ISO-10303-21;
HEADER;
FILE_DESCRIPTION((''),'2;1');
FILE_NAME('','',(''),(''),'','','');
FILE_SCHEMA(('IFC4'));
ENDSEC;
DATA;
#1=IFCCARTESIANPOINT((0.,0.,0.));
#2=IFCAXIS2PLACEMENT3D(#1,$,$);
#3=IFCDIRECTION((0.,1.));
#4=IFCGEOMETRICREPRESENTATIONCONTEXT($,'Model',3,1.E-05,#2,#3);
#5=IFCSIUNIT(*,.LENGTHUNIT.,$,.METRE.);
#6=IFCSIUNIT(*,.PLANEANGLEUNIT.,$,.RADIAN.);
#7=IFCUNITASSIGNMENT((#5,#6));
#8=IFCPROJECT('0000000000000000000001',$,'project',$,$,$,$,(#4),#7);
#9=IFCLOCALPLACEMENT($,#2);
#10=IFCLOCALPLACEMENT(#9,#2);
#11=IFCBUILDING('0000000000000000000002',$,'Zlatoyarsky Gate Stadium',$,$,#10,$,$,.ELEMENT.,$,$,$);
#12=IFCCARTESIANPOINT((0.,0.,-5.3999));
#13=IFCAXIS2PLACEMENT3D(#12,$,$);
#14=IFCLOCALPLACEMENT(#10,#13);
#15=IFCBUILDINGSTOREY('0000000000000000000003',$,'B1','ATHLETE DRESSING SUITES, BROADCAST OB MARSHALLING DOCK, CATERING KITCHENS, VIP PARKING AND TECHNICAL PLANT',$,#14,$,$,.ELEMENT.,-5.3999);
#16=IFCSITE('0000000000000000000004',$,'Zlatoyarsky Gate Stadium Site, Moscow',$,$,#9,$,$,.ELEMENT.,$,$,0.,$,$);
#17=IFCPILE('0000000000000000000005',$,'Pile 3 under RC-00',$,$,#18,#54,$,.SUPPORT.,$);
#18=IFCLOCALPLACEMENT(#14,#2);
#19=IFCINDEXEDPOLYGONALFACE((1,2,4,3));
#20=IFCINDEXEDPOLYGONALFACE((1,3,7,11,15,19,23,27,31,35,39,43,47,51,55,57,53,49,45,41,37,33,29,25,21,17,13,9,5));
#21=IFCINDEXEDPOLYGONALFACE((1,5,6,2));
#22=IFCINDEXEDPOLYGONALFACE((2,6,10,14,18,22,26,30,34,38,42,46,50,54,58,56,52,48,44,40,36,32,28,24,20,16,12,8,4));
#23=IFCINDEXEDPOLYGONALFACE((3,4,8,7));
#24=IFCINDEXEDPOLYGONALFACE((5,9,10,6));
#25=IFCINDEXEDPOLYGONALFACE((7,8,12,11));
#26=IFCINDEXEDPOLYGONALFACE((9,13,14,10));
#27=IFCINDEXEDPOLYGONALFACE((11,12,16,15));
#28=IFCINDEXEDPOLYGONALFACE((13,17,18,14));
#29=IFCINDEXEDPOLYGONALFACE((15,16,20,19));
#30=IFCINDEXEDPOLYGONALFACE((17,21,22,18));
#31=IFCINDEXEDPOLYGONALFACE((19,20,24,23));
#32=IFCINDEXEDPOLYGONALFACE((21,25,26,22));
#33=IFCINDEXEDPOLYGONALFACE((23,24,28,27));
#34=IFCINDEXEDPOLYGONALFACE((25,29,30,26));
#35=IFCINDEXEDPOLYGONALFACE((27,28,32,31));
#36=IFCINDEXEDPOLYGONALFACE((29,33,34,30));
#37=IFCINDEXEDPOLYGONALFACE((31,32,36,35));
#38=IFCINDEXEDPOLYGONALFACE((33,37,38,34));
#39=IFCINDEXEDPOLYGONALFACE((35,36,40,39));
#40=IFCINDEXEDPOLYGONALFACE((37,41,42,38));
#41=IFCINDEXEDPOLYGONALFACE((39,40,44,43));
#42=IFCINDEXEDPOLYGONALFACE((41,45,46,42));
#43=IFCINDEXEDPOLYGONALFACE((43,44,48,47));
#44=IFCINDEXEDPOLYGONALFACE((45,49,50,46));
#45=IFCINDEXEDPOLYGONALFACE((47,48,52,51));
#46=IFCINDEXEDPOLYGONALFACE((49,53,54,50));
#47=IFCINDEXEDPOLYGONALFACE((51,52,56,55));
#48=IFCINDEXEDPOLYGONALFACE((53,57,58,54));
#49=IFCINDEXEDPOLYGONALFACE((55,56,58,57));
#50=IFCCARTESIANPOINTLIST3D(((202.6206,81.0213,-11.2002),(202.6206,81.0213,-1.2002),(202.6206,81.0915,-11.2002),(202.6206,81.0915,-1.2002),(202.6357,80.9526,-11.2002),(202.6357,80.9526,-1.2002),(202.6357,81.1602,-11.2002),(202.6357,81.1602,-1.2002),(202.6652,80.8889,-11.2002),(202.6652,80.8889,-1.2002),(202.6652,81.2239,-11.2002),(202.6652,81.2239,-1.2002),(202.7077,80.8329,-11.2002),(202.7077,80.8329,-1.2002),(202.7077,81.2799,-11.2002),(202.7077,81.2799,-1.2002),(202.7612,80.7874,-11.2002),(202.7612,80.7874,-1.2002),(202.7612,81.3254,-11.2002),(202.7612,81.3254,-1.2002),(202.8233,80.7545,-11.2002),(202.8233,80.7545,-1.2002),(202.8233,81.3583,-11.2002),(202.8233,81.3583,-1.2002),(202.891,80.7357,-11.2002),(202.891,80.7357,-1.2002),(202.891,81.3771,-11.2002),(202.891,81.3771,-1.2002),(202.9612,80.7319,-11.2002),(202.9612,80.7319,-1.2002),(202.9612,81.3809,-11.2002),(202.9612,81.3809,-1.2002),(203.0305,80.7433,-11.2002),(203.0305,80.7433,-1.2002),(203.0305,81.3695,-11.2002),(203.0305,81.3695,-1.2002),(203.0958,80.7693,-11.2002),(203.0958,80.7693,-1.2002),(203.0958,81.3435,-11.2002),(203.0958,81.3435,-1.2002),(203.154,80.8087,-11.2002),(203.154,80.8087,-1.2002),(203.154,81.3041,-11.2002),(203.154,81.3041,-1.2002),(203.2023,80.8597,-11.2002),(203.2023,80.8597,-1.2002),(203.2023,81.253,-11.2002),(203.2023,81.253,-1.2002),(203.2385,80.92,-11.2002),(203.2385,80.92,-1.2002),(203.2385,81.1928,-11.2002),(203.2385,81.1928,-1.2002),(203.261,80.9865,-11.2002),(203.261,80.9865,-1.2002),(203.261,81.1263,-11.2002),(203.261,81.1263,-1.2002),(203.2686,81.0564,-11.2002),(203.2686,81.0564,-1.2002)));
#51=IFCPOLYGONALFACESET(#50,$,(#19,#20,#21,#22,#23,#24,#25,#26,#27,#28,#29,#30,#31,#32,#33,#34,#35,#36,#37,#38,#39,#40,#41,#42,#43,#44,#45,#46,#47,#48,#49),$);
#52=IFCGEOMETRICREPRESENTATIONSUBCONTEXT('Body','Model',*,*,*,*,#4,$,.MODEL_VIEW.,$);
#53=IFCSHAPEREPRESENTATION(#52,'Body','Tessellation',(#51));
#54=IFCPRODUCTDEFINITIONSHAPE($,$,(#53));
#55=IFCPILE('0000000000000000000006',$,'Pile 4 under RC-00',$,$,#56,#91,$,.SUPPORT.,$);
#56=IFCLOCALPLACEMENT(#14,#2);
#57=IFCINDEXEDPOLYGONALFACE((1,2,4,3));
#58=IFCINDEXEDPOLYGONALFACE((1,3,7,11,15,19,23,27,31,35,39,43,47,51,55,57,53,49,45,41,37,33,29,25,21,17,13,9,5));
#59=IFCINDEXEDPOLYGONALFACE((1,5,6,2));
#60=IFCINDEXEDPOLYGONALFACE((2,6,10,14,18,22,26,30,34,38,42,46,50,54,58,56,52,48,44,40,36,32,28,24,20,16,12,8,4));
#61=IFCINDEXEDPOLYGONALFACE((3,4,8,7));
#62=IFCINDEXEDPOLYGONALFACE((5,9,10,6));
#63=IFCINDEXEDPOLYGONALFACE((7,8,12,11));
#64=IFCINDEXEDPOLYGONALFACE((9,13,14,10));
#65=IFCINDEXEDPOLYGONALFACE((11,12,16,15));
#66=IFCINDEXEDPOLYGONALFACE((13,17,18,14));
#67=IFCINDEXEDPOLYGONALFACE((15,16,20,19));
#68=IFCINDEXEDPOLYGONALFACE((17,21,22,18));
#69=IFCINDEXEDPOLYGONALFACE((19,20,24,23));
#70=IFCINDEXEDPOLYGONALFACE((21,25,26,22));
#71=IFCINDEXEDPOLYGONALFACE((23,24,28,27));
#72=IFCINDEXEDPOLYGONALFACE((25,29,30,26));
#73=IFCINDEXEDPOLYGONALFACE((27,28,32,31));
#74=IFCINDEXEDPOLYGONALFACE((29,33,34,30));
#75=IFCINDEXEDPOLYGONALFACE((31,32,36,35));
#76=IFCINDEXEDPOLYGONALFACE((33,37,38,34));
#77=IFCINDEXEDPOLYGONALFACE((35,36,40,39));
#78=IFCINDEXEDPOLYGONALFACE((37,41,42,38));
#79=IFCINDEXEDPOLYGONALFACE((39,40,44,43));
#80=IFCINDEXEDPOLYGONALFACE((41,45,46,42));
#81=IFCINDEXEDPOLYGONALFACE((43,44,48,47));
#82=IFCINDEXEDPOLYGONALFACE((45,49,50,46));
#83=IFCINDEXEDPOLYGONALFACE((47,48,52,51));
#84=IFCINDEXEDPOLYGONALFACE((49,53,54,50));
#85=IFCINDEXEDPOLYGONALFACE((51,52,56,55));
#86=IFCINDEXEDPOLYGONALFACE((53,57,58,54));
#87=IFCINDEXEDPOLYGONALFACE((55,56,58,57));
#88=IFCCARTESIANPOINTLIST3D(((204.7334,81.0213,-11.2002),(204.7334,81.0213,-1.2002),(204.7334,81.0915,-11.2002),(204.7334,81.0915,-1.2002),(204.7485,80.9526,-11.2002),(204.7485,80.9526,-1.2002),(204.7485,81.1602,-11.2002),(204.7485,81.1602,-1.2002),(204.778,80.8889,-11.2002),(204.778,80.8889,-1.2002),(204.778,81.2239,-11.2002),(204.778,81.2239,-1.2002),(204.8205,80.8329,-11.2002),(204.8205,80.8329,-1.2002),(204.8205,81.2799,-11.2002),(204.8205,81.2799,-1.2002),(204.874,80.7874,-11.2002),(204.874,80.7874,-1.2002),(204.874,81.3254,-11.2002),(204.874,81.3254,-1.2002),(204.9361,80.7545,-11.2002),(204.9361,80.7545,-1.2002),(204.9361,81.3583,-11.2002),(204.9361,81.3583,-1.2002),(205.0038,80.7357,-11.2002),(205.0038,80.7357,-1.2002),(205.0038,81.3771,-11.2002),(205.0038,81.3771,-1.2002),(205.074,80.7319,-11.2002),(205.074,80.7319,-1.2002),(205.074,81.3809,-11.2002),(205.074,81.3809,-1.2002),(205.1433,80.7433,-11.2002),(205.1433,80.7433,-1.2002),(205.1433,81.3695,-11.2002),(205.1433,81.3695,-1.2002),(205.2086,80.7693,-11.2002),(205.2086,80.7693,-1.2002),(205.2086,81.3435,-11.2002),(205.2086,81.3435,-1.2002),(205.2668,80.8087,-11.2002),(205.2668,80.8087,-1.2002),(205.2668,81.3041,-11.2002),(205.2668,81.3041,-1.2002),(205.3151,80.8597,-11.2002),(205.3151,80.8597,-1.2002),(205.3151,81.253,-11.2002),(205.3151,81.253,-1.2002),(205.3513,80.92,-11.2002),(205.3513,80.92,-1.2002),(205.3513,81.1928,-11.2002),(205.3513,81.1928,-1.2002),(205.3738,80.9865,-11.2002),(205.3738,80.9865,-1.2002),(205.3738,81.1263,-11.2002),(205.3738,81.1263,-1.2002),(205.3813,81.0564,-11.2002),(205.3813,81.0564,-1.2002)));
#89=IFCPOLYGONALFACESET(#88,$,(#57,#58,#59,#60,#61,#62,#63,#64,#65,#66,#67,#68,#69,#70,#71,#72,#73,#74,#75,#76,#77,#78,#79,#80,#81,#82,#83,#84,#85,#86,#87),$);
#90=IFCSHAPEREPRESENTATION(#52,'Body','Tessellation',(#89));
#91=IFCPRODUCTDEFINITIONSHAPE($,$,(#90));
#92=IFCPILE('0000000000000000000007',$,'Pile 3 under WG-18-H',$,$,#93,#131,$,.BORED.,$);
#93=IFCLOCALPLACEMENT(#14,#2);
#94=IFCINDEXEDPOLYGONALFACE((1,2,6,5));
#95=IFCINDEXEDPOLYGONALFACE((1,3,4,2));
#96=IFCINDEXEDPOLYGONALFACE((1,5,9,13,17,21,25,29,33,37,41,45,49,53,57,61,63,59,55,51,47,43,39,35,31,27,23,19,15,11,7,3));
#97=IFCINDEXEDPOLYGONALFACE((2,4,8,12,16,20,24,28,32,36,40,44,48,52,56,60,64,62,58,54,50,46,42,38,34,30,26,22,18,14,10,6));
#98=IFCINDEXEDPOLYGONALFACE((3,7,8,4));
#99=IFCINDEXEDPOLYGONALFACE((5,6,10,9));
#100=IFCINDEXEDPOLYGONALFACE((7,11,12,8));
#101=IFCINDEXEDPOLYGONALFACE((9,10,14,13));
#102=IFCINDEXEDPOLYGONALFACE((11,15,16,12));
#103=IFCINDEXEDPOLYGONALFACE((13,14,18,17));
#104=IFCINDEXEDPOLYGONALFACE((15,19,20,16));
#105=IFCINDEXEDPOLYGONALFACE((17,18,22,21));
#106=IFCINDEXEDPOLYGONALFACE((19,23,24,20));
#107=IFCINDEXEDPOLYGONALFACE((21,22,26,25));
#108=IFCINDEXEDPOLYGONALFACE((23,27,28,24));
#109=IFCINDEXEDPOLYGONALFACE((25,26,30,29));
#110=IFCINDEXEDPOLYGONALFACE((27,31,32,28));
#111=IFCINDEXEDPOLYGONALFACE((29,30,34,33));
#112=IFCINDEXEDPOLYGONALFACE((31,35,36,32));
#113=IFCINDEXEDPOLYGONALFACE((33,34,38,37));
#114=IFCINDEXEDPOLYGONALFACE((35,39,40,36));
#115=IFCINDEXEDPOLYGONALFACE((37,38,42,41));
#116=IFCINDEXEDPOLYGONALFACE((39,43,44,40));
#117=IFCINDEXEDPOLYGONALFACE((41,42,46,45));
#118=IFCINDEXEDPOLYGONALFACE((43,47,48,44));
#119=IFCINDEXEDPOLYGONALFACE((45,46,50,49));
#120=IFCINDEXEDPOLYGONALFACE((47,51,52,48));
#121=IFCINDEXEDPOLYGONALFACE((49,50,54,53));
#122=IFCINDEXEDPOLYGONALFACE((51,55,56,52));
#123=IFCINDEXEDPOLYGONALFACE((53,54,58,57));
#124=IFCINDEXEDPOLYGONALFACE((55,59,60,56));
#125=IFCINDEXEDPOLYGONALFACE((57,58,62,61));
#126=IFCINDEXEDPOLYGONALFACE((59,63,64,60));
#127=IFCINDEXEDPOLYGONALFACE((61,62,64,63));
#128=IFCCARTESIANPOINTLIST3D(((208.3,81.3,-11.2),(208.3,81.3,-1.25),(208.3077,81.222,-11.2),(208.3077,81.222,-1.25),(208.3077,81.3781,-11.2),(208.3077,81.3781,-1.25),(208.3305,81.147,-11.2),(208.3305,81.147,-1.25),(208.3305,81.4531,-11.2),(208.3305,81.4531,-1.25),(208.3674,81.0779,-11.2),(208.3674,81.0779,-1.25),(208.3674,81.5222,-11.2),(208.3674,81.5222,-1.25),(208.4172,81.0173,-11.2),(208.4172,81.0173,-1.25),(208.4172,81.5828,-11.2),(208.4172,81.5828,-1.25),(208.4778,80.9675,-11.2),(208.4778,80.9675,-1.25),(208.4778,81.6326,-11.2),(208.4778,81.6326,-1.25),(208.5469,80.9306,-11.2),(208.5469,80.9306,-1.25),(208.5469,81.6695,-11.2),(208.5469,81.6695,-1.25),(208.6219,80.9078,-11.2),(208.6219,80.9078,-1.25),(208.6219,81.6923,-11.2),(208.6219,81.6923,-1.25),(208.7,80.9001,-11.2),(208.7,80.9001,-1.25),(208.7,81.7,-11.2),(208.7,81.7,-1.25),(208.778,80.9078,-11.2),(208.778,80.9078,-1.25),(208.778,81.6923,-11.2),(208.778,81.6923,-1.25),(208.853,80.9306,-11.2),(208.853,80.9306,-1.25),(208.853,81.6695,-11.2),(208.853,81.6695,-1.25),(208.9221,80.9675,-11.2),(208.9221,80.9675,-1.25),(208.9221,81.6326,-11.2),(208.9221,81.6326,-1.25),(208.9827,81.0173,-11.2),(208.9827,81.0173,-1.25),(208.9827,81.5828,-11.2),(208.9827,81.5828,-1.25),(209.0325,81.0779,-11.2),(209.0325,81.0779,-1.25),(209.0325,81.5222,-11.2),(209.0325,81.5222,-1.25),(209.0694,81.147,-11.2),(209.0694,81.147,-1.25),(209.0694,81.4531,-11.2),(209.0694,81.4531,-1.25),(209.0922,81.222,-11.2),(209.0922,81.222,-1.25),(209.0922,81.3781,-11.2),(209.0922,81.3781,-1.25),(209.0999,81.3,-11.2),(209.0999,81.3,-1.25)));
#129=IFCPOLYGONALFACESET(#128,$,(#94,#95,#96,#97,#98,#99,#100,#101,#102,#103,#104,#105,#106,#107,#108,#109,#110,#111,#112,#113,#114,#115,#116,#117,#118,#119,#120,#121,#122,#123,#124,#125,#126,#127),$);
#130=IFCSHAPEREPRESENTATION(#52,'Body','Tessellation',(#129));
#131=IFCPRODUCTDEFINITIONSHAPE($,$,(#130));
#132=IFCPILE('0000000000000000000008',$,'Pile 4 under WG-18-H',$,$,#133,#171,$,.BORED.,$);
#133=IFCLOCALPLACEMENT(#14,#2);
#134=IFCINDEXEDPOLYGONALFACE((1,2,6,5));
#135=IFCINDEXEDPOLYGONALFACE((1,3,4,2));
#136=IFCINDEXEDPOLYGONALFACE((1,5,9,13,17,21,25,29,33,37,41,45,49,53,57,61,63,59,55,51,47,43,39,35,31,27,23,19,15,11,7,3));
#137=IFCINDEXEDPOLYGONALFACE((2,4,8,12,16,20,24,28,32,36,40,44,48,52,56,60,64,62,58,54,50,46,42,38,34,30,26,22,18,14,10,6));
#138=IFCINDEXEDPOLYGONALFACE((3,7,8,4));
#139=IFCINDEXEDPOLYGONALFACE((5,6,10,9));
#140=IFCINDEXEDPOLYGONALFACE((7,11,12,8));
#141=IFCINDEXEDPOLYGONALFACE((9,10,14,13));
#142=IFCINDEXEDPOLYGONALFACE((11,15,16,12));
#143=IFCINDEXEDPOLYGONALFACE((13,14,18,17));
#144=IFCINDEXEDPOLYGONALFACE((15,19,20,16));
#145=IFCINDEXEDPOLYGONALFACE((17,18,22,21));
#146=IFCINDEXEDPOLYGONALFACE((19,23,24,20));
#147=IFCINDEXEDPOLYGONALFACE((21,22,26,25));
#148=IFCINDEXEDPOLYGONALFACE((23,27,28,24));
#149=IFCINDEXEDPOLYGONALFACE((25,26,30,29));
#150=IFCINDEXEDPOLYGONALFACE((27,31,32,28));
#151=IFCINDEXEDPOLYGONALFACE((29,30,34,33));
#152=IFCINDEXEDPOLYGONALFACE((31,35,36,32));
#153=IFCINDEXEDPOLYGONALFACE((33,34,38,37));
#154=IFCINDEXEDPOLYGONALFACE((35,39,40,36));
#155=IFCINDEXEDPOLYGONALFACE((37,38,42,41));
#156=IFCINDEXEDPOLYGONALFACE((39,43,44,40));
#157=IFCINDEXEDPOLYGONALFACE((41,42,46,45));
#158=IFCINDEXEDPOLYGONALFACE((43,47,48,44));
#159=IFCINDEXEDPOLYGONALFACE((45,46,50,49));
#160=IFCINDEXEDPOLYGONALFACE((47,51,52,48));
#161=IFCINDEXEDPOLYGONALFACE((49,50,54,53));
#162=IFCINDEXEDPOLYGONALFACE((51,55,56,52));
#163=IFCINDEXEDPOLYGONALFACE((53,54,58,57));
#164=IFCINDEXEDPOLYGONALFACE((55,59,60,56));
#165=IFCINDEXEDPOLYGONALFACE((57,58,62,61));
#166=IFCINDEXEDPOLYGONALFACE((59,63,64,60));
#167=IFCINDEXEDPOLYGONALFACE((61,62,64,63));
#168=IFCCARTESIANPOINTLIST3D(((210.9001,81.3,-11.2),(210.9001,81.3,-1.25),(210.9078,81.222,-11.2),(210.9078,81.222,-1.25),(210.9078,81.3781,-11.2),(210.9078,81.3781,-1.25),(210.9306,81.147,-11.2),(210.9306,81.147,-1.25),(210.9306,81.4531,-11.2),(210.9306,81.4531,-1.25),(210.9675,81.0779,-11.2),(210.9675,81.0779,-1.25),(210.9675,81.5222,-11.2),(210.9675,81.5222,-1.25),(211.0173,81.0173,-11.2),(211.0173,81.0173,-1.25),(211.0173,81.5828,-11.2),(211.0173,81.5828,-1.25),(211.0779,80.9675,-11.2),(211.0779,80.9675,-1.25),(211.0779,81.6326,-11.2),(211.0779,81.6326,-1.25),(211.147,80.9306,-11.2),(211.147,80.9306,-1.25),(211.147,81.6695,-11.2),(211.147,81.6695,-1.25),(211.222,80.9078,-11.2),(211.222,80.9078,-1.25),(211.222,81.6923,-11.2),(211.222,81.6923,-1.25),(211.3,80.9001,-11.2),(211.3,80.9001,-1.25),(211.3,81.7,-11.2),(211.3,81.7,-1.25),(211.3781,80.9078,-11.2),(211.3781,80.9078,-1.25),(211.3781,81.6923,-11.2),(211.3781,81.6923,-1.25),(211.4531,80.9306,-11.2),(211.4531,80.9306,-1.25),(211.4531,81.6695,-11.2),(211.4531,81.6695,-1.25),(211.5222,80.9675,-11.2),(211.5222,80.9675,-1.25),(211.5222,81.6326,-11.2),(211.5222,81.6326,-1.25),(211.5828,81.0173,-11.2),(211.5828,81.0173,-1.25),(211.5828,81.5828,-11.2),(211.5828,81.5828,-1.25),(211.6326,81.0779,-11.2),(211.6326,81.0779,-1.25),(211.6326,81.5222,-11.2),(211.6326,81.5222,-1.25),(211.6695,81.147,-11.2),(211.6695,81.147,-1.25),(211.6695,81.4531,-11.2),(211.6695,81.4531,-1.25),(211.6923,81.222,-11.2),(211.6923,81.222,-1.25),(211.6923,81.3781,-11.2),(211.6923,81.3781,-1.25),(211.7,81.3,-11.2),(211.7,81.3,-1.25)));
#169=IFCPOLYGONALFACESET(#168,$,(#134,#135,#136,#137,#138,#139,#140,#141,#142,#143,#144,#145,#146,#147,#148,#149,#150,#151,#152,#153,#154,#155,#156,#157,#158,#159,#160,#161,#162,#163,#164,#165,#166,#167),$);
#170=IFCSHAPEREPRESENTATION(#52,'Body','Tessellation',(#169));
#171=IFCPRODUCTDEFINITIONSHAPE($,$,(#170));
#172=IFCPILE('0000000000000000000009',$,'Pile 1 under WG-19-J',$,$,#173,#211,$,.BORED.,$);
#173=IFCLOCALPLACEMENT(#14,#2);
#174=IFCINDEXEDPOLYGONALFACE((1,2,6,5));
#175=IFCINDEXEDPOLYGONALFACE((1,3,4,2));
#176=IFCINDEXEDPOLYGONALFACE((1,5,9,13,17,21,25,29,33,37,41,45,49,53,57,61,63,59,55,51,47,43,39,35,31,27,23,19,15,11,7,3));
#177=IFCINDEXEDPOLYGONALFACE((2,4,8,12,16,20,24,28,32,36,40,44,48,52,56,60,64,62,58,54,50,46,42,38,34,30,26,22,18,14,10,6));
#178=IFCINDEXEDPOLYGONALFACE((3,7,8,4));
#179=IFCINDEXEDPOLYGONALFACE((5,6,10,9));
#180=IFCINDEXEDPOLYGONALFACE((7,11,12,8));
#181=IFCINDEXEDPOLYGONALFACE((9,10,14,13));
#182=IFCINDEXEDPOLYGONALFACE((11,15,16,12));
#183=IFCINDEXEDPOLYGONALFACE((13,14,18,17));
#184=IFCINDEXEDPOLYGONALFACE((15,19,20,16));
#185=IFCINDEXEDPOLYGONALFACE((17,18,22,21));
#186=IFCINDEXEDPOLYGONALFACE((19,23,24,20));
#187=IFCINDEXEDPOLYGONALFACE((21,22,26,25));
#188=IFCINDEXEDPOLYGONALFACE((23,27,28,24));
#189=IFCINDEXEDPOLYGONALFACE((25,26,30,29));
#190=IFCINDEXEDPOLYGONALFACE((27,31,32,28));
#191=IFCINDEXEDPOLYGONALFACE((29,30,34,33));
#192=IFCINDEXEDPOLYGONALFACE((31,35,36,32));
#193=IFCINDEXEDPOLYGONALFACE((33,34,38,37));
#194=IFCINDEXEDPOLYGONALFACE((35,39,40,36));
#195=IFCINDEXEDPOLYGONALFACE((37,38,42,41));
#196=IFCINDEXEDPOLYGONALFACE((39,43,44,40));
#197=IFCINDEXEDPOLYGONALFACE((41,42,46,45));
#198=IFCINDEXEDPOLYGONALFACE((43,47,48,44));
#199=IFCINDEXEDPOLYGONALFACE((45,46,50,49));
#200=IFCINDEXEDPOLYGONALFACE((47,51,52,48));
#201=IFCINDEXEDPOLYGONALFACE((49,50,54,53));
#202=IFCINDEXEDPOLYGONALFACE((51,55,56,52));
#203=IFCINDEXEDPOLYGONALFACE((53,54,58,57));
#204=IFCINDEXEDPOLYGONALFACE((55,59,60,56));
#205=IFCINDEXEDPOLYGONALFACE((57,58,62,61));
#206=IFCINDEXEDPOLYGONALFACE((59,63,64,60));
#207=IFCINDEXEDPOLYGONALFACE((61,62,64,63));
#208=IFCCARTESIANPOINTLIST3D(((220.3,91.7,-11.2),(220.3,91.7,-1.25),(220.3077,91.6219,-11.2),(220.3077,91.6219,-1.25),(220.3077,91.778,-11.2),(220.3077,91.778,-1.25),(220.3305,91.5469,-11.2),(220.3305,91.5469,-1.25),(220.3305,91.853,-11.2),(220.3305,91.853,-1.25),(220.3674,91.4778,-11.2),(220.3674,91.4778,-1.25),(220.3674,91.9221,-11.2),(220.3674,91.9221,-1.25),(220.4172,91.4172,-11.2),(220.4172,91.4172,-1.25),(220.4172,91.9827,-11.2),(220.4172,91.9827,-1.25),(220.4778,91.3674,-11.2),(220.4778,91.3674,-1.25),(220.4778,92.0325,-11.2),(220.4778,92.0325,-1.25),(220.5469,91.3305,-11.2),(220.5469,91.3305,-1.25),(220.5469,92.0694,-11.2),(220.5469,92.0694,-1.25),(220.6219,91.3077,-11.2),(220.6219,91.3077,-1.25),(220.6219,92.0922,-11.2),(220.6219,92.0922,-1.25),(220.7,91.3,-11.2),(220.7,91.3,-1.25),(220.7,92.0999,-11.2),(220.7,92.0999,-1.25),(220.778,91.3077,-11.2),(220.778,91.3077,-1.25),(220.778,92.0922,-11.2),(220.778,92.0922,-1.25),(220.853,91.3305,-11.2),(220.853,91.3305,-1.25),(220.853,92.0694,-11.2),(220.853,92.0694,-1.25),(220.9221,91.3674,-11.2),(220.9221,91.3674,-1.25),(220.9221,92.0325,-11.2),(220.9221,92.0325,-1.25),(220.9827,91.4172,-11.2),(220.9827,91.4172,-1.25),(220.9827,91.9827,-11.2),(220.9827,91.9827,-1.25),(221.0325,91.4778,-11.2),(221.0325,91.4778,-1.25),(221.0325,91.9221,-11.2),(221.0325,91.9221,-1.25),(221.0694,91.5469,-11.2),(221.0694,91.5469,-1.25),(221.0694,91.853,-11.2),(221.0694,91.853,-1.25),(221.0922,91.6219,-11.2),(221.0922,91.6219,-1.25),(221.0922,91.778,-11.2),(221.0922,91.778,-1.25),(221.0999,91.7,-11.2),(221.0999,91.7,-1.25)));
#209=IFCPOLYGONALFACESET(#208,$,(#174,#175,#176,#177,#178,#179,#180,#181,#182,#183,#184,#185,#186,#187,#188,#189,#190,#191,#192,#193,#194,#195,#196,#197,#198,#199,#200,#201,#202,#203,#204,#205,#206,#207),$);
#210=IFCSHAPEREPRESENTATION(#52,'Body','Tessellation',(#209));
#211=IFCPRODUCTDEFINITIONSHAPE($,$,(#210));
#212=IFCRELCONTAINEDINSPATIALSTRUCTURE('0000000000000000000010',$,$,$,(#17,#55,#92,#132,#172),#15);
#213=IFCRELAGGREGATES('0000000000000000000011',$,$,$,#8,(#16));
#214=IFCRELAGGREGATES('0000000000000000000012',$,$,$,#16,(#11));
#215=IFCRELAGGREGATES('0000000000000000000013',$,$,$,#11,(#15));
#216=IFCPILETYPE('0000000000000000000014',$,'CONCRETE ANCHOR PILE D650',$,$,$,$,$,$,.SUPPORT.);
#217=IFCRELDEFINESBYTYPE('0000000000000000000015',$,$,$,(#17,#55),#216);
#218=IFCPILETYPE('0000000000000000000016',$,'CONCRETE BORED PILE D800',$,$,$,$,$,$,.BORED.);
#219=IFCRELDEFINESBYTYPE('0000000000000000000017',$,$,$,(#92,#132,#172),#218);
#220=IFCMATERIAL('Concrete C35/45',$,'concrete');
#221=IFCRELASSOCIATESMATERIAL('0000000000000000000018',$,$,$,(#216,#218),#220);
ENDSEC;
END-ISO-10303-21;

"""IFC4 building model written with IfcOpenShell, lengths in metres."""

from ifc_helpers import new_model, si_unit, direction, frame, origin, origin_2d, place, context, subcontext, project, spatial, circle, extrude, material, material_profile, profile_set, type_object, element, save


model = new_model("IFC4")

# Units and contexts
model_context = context("Model", 3, precision=1e-05, world=origin(), true_north=direction((0.0, 1.0)))
body_context = subcontext(model_context, "Body", "Model", "MODEL_VIEW")
ifc_project = project(units=[si_unit("LENGTHUNIT", "METRE"), si_unit("PLANEANGLEUNIT", "RADIAN")], contexts=[model_context])

# Site, building, storey
site_placement = place(None, origin())
site = spatial("IfcSite", under=ifc_project, at=site_placement, Name="Zlatoyarsky Gate Stadium Site, Moscow", CompositionType="ELEMENT", RefElevation=0.0)
building_placement = place(site_placement, origin())
building = spatial("IfcBuilding", under=site, at=building_placement, Name="Zlatoyarsky Gate Stadium", CompositionType="ELEMENT")
storey_placement = place(building_placement, frame((0.0, 0.0, -5.3999)))
storey = spatial("IfcBuildingStorey", under=building, at=storey_placement, Name="B1", Description="ATHLETE DRESSING SUITES, BROADCAST OB MARSHALLING DOCK, CATERING KITCHENS, VIP PARKING AND TECHNICAL PLANT", CompositionType="ELEMENT", Elevation=-5.3999)

# Piles
ifc_material_1 = material(Name="Concrete C35/45", Category="concrete")
ifc_material_profile_1 = material_profile(ifc_material_1, circle(Radius=0.325, at=origin_2d()), Name="ANCHOR PILE D650")
ifc_profile_set_1 = profile_set([ifc_material_profile_1], Name="Concrete C35/45")
pile_type_1 = type_object("IfcPileType", Name="CONCRETE ANCHOR PILE D650", PredefinedType="SUPPORT", material=ifc_profile_set_1)
for number, where, z_axis, x_axis, name in (
    (1, (202.9436, 81.0564, -1.2002), (0.0, 0.0, -1.0), (1.0, 0.0, 0.0), "Pile 3 under RC-00"),
    (2, (205.0564, 81.0564, -1.2002), (0.0, 0.0, -1.0), (1.0, 0.0, 0.0), "Pile 4 under RC-00"),
):
    element("IfcPile", number, at=place(storey_placement, frame(where, z_axis=z_axis, x_axis=x_axis)), inside=storey, type_object=pile_type_1, Name=name, PredefinedType="SUPPORT", context=body_context, shape_type="SweptSolid", body=[
        extrude(circle(Radius=0.325, at=origin_2d()), origin(), (0.0, 0.0, 1.0), 10.0),
    ])
ifc_material_profile_2 = material_profile(ifc_material_1, circle(Radius=0.3999, at=origin_2d()), Name="BORED PILE D800")
ifc_profile_set_2 = profile_set([ifc_material_profile_2], Name="Concrete C35/45")
pile_type_2 = type_object("IfcPileType", Name="CONCRETE BORED PILE D800", PredefinedType="BORED", material=ifc_profile_set_2)
for number, where, z_axis, x_axis, name in (
    (3, (208.7, 81.3, -1.25), (0.0, 0.0, -1.0), (1.0, 0.0, 0.0), "Pile 3 under WG-18-H"),
    (4, (211.3, 81.3, -1.25), (0.0, 0.0, -1.0), (1.0, 0.0, 0.0), "Pile 4 under WG-18-H"),
    (5, (220.7, 91.7, -1.25), (0.0, 0.0, -1.0), (1.0, 0.0, 0.0), "Pile 1 under WG-19-J"),
):
    element("IfcPile", number, at=place(storey_placement, frame(where, z_axis=z_axis, x_axis=x_axis)), inside=storey, type_object=pile_type_2, Name=name, PredefinedType="BORED", context=body_context, shape_type="SweptSolid", body=[
        extrude(circle(Radius=0.3999, at=origin_2d()), origin(), (0.0, 0.0, 1.0), 9.95),
    ])

save(model, "model.ifc")
